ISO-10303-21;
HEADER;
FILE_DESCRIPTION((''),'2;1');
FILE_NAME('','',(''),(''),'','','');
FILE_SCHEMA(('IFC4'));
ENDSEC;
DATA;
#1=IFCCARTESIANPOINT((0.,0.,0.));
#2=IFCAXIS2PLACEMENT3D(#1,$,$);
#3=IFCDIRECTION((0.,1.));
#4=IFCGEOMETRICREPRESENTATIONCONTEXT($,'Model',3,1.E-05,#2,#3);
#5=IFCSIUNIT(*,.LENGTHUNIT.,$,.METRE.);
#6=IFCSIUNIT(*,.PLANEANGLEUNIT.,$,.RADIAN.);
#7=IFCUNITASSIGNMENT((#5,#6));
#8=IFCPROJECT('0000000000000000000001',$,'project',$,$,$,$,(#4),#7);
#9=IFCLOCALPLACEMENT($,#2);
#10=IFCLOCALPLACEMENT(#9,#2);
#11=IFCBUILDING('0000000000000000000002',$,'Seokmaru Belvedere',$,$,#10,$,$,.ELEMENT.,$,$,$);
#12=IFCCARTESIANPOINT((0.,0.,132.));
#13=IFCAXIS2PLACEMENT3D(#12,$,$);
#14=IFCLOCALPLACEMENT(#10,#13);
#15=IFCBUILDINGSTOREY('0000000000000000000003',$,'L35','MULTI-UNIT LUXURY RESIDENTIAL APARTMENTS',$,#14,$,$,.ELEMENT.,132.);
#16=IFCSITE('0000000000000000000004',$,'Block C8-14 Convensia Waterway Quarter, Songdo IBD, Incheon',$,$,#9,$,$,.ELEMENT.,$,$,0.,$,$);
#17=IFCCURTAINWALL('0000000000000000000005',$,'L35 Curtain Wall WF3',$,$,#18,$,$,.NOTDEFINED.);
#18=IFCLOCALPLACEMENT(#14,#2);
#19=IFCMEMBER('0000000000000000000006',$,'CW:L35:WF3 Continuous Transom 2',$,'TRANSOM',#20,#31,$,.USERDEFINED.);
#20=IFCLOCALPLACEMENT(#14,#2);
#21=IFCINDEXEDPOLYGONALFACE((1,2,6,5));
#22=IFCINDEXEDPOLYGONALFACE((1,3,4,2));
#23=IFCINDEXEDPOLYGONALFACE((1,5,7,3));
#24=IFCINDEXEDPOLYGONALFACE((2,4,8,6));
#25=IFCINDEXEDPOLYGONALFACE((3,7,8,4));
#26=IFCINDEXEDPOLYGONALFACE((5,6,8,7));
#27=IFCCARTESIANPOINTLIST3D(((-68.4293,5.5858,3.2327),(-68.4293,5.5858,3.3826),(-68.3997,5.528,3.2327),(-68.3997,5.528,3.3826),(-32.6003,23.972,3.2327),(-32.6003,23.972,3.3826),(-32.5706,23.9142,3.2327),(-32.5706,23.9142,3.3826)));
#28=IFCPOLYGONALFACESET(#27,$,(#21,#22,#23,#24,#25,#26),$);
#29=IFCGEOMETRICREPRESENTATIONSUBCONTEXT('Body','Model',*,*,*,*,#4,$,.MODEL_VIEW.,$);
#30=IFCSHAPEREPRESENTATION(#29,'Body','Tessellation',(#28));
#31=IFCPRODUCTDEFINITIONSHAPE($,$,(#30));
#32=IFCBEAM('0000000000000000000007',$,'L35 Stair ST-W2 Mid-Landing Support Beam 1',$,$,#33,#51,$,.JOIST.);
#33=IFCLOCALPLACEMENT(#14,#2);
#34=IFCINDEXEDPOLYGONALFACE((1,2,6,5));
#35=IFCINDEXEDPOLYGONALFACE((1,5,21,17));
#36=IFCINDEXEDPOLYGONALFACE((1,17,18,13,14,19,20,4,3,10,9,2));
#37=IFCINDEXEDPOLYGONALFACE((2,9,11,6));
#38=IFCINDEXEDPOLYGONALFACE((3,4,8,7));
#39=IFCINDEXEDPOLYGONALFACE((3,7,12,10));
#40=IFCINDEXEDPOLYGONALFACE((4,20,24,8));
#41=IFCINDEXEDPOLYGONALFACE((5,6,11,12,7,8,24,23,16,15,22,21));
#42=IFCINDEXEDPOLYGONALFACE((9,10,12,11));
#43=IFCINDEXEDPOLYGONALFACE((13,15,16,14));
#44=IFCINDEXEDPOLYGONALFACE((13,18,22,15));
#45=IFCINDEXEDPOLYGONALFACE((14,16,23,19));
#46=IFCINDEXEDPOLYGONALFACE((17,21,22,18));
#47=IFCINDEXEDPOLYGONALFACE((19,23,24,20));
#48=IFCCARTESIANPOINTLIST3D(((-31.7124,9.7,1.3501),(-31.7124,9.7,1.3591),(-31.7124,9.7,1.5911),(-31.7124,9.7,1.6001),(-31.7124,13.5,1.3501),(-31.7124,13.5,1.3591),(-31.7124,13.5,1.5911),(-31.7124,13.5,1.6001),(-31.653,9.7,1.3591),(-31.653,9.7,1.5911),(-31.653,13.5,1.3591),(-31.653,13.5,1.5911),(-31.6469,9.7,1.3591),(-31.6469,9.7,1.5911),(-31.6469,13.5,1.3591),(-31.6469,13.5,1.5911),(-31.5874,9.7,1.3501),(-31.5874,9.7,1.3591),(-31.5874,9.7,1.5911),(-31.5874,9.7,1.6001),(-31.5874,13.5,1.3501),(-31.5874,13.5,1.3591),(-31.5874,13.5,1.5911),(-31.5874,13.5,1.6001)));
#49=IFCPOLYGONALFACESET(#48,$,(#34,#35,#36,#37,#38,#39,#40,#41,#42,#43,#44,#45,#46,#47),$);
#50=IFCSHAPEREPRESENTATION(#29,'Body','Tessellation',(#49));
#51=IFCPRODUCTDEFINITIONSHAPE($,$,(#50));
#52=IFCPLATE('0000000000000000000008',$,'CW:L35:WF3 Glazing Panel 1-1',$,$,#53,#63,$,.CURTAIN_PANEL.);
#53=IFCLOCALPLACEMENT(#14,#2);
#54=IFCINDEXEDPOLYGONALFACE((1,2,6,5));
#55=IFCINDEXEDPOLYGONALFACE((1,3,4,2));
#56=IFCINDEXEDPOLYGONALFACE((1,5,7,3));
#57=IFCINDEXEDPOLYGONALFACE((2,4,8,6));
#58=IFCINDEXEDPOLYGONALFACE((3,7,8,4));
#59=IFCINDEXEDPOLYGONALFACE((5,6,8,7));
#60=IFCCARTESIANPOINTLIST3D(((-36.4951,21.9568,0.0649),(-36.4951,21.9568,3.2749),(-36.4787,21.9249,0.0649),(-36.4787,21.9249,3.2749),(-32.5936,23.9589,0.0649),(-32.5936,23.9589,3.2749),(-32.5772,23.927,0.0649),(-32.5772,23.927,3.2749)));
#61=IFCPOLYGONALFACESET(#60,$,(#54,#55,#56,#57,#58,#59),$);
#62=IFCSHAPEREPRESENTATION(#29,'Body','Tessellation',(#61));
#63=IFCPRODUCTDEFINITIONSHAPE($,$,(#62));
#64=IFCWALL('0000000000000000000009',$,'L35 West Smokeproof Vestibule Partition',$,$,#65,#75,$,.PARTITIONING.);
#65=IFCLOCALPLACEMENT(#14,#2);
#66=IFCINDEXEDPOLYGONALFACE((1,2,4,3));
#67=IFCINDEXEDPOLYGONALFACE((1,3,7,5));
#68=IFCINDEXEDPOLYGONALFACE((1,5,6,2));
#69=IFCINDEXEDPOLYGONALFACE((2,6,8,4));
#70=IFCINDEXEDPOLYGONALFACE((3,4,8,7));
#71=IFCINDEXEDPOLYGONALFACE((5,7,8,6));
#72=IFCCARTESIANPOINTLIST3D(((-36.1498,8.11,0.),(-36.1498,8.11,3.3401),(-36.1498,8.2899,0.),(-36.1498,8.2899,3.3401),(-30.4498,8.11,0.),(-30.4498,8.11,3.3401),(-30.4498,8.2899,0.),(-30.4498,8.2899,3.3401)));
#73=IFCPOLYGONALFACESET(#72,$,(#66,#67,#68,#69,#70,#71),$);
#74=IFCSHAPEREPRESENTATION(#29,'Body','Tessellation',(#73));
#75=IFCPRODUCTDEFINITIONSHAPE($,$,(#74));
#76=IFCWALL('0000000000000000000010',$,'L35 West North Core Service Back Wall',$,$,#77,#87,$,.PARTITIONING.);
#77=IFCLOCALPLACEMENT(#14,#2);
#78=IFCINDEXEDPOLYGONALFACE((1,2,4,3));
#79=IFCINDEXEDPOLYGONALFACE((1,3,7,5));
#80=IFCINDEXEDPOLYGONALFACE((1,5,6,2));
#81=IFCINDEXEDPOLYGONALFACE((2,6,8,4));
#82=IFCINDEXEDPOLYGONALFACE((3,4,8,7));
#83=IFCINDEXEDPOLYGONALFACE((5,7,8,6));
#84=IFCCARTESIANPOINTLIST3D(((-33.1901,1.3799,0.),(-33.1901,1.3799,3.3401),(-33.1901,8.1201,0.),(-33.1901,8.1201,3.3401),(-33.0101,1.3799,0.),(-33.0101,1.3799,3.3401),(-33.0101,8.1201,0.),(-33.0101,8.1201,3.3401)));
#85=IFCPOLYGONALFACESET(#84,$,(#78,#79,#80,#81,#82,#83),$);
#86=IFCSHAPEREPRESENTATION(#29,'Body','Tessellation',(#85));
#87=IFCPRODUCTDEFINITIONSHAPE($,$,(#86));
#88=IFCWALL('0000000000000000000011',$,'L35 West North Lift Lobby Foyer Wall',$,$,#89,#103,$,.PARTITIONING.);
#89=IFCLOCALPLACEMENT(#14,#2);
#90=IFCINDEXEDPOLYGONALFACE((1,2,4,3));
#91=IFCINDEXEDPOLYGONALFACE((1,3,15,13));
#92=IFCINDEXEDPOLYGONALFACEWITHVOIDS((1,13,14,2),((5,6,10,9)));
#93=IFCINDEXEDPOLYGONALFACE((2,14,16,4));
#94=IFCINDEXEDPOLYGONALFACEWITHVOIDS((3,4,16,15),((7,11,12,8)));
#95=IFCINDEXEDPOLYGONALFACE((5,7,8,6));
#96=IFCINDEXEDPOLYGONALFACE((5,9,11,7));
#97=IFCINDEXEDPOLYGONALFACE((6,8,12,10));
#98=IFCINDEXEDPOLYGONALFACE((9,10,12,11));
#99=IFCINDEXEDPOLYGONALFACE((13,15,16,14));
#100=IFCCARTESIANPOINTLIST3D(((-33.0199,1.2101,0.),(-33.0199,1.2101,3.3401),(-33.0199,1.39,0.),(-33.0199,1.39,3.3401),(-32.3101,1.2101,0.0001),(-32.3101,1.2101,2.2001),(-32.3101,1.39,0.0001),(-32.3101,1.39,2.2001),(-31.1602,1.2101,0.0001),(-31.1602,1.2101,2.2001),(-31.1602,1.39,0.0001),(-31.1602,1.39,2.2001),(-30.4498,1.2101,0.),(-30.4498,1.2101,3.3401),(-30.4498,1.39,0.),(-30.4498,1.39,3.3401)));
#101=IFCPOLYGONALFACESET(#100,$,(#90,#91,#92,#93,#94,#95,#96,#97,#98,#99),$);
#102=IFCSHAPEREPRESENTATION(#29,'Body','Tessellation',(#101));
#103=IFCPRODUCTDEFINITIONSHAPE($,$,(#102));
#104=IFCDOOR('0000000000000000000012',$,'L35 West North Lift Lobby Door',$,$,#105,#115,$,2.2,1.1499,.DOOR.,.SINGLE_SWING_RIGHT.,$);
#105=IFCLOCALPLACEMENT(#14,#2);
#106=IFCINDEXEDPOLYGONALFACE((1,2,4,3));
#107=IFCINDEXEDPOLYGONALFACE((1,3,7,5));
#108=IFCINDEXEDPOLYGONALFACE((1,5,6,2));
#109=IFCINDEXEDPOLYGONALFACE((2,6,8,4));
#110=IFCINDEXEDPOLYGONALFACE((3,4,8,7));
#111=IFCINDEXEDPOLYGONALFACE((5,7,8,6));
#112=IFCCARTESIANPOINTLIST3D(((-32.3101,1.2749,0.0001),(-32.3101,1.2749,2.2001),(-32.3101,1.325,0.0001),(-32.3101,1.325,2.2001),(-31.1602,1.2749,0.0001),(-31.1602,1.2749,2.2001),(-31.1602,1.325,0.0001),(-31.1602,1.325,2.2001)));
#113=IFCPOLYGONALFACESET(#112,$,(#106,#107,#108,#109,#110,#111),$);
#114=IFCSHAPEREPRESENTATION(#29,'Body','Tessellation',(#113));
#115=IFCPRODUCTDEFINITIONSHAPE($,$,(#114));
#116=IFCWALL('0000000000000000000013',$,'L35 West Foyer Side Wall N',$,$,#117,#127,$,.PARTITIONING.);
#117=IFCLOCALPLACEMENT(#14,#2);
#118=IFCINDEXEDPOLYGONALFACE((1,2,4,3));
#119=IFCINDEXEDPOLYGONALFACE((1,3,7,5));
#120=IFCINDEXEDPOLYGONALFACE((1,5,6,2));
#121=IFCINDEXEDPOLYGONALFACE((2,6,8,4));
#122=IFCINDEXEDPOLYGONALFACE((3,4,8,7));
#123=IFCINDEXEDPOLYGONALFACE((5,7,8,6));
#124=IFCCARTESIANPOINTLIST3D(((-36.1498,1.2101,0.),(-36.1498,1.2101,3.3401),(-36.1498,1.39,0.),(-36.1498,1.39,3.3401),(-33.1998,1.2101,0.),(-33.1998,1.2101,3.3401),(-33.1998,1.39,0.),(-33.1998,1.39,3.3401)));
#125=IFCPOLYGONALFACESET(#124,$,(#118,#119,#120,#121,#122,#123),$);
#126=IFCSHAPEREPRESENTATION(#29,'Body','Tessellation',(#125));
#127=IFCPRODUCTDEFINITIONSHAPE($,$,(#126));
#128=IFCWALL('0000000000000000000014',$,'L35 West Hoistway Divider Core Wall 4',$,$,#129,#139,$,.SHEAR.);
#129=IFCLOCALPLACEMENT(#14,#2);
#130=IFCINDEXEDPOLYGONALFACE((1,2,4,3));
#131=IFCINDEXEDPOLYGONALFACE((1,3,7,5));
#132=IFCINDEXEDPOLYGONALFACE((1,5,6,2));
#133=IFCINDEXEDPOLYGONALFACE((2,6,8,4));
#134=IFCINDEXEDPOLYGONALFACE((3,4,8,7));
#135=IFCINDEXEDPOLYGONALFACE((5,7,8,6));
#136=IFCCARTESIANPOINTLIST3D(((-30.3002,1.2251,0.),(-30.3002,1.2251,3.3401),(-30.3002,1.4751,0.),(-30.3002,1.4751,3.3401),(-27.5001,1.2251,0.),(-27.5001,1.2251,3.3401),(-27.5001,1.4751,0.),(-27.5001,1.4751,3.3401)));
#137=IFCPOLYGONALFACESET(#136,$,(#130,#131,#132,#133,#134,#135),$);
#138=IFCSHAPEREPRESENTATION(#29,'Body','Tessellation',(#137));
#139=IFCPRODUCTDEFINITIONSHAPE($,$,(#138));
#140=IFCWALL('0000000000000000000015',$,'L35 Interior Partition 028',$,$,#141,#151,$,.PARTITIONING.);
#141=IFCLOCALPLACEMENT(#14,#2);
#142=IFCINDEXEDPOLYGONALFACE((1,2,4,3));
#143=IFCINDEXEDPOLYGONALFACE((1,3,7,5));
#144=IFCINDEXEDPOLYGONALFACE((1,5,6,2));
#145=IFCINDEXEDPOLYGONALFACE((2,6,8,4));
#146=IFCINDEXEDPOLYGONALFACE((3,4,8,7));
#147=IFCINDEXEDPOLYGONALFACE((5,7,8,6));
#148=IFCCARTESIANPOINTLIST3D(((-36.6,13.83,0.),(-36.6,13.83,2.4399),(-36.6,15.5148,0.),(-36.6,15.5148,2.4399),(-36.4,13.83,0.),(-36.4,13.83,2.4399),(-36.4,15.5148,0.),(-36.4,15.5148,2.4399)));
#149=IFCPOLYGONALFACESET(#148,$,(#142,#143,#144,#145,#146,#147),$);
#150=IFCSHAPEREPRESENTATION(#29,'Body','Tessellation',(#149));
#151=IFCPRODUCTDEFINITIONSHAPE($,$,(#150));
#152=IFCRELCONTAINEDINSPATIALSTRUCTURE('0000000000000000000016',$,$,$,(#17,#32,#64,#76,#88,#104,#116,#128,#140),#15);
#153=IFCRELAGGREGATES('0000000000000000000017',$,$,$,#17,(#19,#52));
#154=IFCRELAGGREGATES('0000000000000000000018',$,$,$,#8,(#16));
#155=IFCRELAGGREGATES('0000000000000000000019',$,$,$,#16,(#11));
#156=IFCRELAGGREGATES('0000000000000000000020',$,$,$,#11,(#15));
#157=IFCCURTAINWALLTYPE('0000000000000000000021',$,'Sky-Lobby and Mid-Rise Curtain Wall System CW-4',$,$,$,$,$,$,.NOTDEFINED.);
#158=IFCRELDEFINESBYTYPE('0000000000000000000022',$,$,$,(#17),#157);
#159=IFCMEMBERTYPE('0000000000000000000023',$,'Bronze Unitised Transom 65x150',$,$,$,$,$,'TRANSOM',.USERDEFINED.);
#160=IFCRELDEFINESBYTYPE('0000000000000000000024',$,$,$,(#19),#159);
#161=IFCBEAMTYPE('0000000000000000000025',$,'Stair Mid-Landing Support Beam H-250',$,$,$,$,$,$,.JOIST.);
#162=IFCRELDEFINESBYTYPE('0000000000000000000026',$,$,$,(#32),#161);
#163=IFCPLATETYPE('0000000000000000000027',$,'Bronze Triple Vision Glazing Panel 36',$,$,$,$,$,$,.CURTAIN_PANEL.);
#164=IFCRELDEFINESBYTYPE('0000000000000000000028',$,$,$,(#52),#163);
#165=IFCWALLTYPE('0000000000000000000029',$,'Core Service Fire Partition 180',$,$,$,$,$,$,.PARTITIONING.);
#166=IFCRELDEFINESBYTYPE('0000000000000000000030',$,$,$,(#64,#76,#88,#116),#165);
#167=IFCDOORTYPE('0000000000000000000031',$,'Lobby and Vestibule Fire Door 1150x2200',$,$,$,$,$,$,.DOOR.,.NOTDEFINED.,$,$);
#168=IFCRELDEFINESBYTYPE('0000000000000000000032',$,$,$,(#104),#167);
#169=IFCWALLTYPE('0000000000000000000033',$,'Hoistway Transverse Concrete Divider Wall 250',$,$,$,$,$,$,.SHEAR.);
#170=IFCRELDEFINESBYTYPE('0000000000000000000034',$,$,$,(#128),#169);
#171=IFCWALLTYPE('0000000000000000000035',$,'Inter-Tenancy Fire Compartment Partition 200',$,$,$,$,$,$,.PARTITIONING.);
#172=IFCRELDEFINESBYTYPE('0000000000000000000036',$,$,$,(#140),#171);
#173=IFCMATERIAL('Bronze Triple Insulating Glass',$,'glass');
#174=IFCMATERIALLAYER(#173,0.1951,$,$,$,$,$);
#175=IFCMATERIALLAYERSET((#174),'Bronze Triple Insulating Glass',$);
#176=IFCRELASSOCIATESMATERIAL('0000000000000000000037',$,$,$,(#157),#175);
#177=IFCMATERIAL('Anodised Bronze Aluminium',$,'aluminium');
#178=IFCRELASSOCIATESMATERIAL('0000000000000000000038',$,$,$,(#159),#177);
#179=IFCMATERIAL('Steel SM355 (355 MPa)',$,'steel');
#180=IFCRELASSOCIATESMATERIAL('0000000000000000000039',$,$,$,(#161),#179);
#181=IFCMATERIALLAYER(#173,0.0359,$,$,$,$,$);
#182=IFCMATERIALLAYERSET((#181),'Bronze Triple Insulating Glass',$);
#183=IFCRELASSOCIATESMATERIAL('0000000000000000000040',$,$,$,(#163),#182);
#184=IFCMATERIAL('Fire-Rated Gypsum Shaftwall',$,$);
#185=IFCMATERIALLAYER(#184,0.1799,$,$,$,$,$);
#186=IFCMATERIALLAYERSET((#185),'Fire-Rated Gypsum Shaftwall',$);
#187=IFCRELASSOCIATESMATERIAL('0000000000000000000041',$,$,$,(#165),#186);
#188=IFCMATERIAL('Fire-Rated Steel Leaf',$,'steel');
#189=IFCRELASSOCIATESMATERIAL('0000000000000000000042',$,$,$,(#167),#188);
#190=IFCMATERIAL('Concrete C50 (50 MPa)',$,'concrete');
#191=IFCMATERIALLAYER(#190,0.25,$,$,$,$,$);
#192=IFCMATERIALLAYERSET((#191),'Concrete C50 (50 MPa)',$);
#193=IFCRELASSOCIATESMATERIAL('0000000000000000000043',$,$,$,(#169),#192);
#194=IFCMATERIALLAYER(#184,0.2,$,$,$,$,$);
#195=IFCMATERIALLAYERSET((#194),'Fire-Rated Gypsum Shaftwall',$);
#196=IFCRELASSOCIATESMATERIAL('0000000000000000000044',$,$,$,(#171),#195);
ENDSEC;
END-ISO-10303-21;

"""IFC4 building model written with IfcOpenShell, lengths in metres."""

from ifc_helpers import new_model, si_unit, direction, frame, frame_2d, origin, origin_2d, place, context, subcontext, project, spatial, rectangle, i_section, extrude, source, transform, mapped, material, layer, layer_set, material_profile, profile_set, type_object, type_shapes, element, fill, aggregate, save


model = new_model("IFC4")

# Units and contexts
model_context = context("Model", 3, precision=1e-05, world=origin(), true_north=direction((0.0, 1.0)))
body_context = subcontext(model_context, "Body", "Model", "MODEL_VIEW")
ifc_project = project(units=[si_unit("LENGTHUNIT", "METRE"), si_unit("PLANEANGLEUNIT", "RADIAN")], contexts=[model_context])

# Site, building, storey
site_placement = place(None, origin())
site = spatial("IfcSite", under=ifc_project, at=site_placement, Name="Block C8-14 Convensia Waterway Quarter, Songdo IBD, Incheon", CompositionType="ELEMENT", RefElevation=0.0)
building_placement = place(site_placement, origin())
building = spatial("IfcBuilding", under=site, at=building_placement, Name="Seokmaru Belvedere", CompositionType="ELEMENT")
storey_placement = place(building_placement, frame((0.0, 0.0, 132.0)))
storey = spatial("IfcBuildingStorey", under=building, at=storey_placement, Name="L35", Description="MULTI-UNIT LUXURY RESIDENTIAL APARTMENTS", CompositionType="ELEMENT", Elevation=132.0)

# Shared definitions
ifc_material_1 = material(Name="Steel SM355 (355 MPa)", Category="steel")

# Shared definitions
ifc_material_2 = material(Name="Bronze Triple Insulating Glass", Category="glass")
ifc_layer_1 = layer(ifc_material_2, 0.1951)
ifc_layer_set_1 = layer_set([ifc_layer_1], Name="Bronze Triple Insulating Glass")
curtain_wall_type = type_object("IfcCurtainWallType", Name="Sky-Lobby and Mid-Rise Curtain Wall System CW-4", PredefinedType="NOTDEFINED", material=ifc_layer_set_1)
ifc_material_3 = material(Name="Anodised Bronze Aluminium", Category="aluminium")

# Curtain wall, member
curtain_wall_1_placement = place(storey_placement, origin())
curtain_wall_1 = element("IfcCurtainWall", 1, at=curtain_wall_1_placement, inside=storey, type_object=curtain_wall_type, Name="L35 Curtain Wall WF3", PredefinedType="NOTDEFINED")
ifc_material_profile_1 = material_profile(ifc_material_3, rectangle(XDim=0.0649, YDim=0.1499, at=origin_2d()), Name="CW-T-65x150")
ifc_profile_set_1 = profile_set([ifc_material_profile_1], Name="Anodised Bronze Aluminium")
member_type_1 = type_object("IfcMemberType", Name="Bronze Unitised Transom 65x150", ElementType="TRANSOM", PredefinedType="USERDEFINED", material=ifc_profile_set_1)
shared_shape_1 = source(origin(), body_context, "Body", "SweptSolid", [
    extrude(rectangle(XDim=0.0649, YDim=0.1499, at=origin_2d()), origin(), (0.0, 0.0, 1.0), 40.2712),
])
type_shapes(member_type_1, [shared_shape_1])
member_1_placement = place(storey_placement, frame((-32.5854, 23.9431, 3.3076), z_axis=(-0.889693, -0.456559, 0.0), x_axis=(0.456559, -0.889693, 0.0)))
member_1 = element("IfcMember", 2, at=member_1_placement, type_object=member_type_1, Name="CW:L35:WF3 Continuous Transom 2", ObjectType="TRANSOM", PredefinedType="USERDEFINED", context=body_context, shape_type="MappedRepresentation", body=[
    mapped(shared_shape_1, transform((0.0, 0.0, 0.0), scale=1.0)),
])

# Beam
ifc_material_profile_2 = material_profile(ifc_material_1, i_section(OverallWidth=0.125, OverallDepth=0.25, WebThickness=0.0061, FlangeThickness=0.009, at=origin_2d()), Name="H-250x125x6x9")
ifc_profile_set_2 = profile_set([ifc_material_profile_2], Name="Steel SM355 (355 MPa)")
beam_type_1 = type_object("IfcBeamType", Name="Stair Mid-Landing Support Beam H-250", PredefinedType="JOIST", material=ifc_profile_set_2)
shared_shape_2 = source(origin(), body_context, "Body", "SweptSolid", [
    extrude(i_section(OverallWidth=0.125, OverallDepth=0.25, WebThickness=0.0061, FlangeThickness=0.009, at=origin_2d()), origin(), (0.0, 0.0, 1.0), 3.8),
])
type_shapes(beam_type_1, [shared_shape_2])
beam_1_placement = place(storey_placement, frame((-31.6499, 9.7, 1.4751), z_axis=(0.0, 1.0, 0.0), x_axis=(-1.0, 0.0, 0.0)))
element("IfcBeam", 3, at=beam_1_placement, inside=storey, type_object=beam_type_1, Name="L35 Stair ST-W2 Mid-Landing Support Beam 1", PredefinedType="JOIST", context=body_context, shape_type="MappedRepresentation", body=[
    mapped(shared_shape_2, transform((0.0, 0.0, 0.0), scale=1.0)),
])

# Plate
ifc_layer_2 = layer(ifc_material_2, 0.0359)
ifc_layer_set_2 = layer_set([ifc_layer_2], Name="Bronze Triple Insulating Glass")
plate_type = type_object("IfcPlateType", Name="Bronze Triple Vision Glazing Panel 36", PredefinedType="CURTAIN_PANEL", material=ifc_layer_set_2)
shared_shape_3 = source(origin(), body_context, "Body", "SweptSolid", [
    extrude(rectangle(XDim=4.3853, YDim=0.0359, at=origin_2d()), origin(), (0.0, 0.0, 1.0), 3.21),
])
type_shapes(plate_type, [shared_shape_3])
plate_placement = place(storey_placement, frame((-34.5361, 22.9419, 0.0649), z_axis=(0.0, 0.0, 1.0), x_axis=(-0.889695, -0.456555, 0.0)))
plate = element("IfcPlate", 4, at=plate_placement, type_object=plate_type, Name="CW:L35:WF3 Glazing Panel 1-1", PredefinedType="CURTAIN_PANEL", context=body_context, shape_type="MappedRepresentation", body=[
    mapped(shared_shape_3, transform((0.0, 0.0, 0.0), scale=1.0)),
])
aggregate(curtain_wall_1, [member_1, plate])

# Walls
ifc_material_4 = material(Name="Fire-Rated Gypsum Shaftwall")
ifc_layer_3 = layer(ifc_material_4, 0.1799)
ifc_layer_set_3 = layer_set([ifc_layer_3], Name="Fire-Rated Gypsum Shaftwall")
wall_type_1 = type_object("IfcWallType", Name="Core Service Fire Partition 180", PredefinedType="PARTITIONING", material=ifc_layer_set_3)
wall_1_placement = place(storey_placement, frame((-36.1499, 8.2, 0.0), z_axis=(0.0, 0.0, 1.0), x_axis=(1.0, 0.0, 0.0)))
element("IfcWall", 5, at=wall_1_placement, inside=storey, type_object=wall_type_1, Name="L35 West Smokeproof Vestibule Partition", PredefinedType="PARTITIONING", context=body_context, shape_type="SweptSolid", body=[
    extrude(rectangle(XDim=5.7, YDim=0.1799, at=frame_2d((2.8501, 0.0))), origin(), (0.0, 0.0, 1.0), 3.3401),
])
wall_2_placement = place(storey_placement, frame((-33.1001, 1.3799, 0.0), z_axis=(0.0, 0.0, 1.0), x_axis=(0.0, 1.0, 0.0)))
element("IfcWall", 6, at=wall_2_placement, inside=storey, type_object=wall_type_1, Name="L35 West North Core Service Back Wall", PredefinedType="PARTITIONING", context=body_context, shape_type="SweptSolid", body=[
    extrude(rectangle(XDim=6.7402, YDim=0.1799, at=frame_2d((3.3701, 0.0))), origin(), (0.0, 0.0, 1.0), 3.3401),
])

# Wall, opening, door
wall_3_placement = place(storey_placement, frame((-33.02, 1.3, 0.0), z_axis=(0.0, 0.0, 1.0), x_axis=(1.0, 0.0, 0.0)))
wall_3 = element("IfcWall", 7, at=wall_3_placement, inside=storey, type_object=wall_type_1, Name="L35 West North Lift Lobby Foyer Wall", PredefinedType="PARTITIONING", context=body_context, shape_type="SweptSolid", body=[
    extrude(rectangle(XDim=2.5701, YDim=0.1799, at=frame_2d((1.2852, 0.0))), origin(), (0.0, 0.0, 1.0), 3.3401),
])
opening_1_placement = place(wall_3_placement, frame((0.71, 0.0, 0.0)))
opening_1 = element("IfcOpeningElement", 8, at=opening_1_placement, cuts=wall_3, PredefinedType="OPENING", context=body_context, shape_type="SweptSolid", body=[
    extrude(rectangle(XDim=1.1499, YDim=2.2, at=frame_2d((0.575, 1.1001))), frame((0.0, 0.1001, 0.0), z_axis=(0.0, -1.0, 0.0), x_axis=(1.0, 0.0, 0.0)), (0.0, 0.0, 1.0), 0.2),
])
ifc_material_5 = material(Name="Fire-Rated Steel Leaf", Category="steel")
door_type_1 = type_object("IfcDoorType", Name="Lobby and Vestibule Fire Door 1150x2200", OperationType="NOTDEFINED", PredefinedType="DOOR", material=ifc_material_5)
shared_shape_4 = source(origin(), body_context, "Body", "SweptSolid", [
    extrude(rectangle(XDim=1.1499, YDim=2.2, at=frame_2d((0.575, 1.1001))), frame((0.0, 0.0249, 0.0), z_axis=(0.0, -1.0, 0.0), x_axis=(1.0, 0.0, 0.0)), (0.0, 0.0, 1.0), 0.05),
])
type_shapes(door_type_1, [shared_shape_4])
door_1_placement = place(opening_1_placement, origin())
door_1 = element("IfcDoor", 9, at=door_1_placement, inside=storey, type_object=door_type_1, Name="L35 West North Lift Lobby Door", OperationType="SINGLE_SWING_RIGHT", OverallHeight=2.2, OverallWidth=1.1499, PredefinedType="DOOR", context=body_context, shape_type="MappedRepresentation", body=[
    mapped(shared_shape_4, transform((0.0, 0.0, 0.0), scale=1.0)),
])
fill(opening_1, door_1)

# Walls
wall_4_placement = place(storey_placement, frame((-36.1499, 1.3, 0.0), z_axis=(0.0, 0.0, 1.0), x_axis=(1.0, 0.0, 0.0)))
element("IfcWall", 10, at=wall_4_placement, inside=storey, type_object=wall_type_1, Name="L35 West Foyer Side Wall N", PredefinedType="PARTITIONING", context=body_context, shape_type="SweptSolid", body=[
    extrude(rectangle(XDim=2.95, YDim=0.1799, at=frame_2d((1.4751, 0.0))), origin(), (0.0, 0.0, 1.0), 3.3401),
])
ifc_material_6 = material(Name="Concrete C50 (50 MPa)", Category="concrete")
ifc_layer_4 = layer(ifc_material_6, 0.25)
ifc_layer_set_4 = layer_set([ifc_layer_4], Name="Concrete C50 (50 MPa)")
wall_type_2 = type_object("IfcWallType", Name="Hoistway Transverse Concrete Divider Wall 250", PredefinedType="SHEAR", material=ifc_layer_set_4)
wall_5_placement = place(storey_placement, frame((-30.3, 1.3501, 0.0), z_axis=(0.0, 0.0, 1.0), x_axis=(1.0, 0.0, 0.0)))
element("IfcWall", 11, at=wall_5_placement, inside=storey, type_object=wall_type_2, Name="L35 West Hoistway Divider Core Wall 4", PredefinedType="SHEAR", context=body_context, shape_type="SweptSolid", body=[
    extrude(rectangle(XDim=2.8, YDim=0.25, at=frame_2d((1.3999, 0.0))), origin(), (0.0, 0.0, 1.0), 3.3401),
])
ifc_layer_5 = layer(ifc_material_4, 0.2)
ifc_layer_set_5 = layer_set([ifc_layer_5], Name="Fire-Rated Gypsum Shaftwall")
wall_type_3 = type_object("IfcWallType", Name="Inter-Tenancy Fire Compartment Partition 200", PredefinedType="PARTITIONING", material=ifc_layer_set_5)
wall_6_placement = place(storey_placement, frame((-36.5, 13.8301, 0.0), z_axis=(0.0, 0.0, 1.0), x_axis=(0.0, 1.0, 0.0)))
element("IfcWall", 12, at=wall_6_placement, inside=storey, type_object=wall_type_3, Name="L35 Interior Partition 028", PredefinedType="PARTITIONING", context=body_context, shape_type="SweptSolid", body=[
    extrude(rectangle(XDim=1.6848, YDim=0.2, at=frame_2d((0.8423, 0.0))), origin(), (0.0, 0.0, 1.0), 2.4399),
])

save(model, "model.ifc")
